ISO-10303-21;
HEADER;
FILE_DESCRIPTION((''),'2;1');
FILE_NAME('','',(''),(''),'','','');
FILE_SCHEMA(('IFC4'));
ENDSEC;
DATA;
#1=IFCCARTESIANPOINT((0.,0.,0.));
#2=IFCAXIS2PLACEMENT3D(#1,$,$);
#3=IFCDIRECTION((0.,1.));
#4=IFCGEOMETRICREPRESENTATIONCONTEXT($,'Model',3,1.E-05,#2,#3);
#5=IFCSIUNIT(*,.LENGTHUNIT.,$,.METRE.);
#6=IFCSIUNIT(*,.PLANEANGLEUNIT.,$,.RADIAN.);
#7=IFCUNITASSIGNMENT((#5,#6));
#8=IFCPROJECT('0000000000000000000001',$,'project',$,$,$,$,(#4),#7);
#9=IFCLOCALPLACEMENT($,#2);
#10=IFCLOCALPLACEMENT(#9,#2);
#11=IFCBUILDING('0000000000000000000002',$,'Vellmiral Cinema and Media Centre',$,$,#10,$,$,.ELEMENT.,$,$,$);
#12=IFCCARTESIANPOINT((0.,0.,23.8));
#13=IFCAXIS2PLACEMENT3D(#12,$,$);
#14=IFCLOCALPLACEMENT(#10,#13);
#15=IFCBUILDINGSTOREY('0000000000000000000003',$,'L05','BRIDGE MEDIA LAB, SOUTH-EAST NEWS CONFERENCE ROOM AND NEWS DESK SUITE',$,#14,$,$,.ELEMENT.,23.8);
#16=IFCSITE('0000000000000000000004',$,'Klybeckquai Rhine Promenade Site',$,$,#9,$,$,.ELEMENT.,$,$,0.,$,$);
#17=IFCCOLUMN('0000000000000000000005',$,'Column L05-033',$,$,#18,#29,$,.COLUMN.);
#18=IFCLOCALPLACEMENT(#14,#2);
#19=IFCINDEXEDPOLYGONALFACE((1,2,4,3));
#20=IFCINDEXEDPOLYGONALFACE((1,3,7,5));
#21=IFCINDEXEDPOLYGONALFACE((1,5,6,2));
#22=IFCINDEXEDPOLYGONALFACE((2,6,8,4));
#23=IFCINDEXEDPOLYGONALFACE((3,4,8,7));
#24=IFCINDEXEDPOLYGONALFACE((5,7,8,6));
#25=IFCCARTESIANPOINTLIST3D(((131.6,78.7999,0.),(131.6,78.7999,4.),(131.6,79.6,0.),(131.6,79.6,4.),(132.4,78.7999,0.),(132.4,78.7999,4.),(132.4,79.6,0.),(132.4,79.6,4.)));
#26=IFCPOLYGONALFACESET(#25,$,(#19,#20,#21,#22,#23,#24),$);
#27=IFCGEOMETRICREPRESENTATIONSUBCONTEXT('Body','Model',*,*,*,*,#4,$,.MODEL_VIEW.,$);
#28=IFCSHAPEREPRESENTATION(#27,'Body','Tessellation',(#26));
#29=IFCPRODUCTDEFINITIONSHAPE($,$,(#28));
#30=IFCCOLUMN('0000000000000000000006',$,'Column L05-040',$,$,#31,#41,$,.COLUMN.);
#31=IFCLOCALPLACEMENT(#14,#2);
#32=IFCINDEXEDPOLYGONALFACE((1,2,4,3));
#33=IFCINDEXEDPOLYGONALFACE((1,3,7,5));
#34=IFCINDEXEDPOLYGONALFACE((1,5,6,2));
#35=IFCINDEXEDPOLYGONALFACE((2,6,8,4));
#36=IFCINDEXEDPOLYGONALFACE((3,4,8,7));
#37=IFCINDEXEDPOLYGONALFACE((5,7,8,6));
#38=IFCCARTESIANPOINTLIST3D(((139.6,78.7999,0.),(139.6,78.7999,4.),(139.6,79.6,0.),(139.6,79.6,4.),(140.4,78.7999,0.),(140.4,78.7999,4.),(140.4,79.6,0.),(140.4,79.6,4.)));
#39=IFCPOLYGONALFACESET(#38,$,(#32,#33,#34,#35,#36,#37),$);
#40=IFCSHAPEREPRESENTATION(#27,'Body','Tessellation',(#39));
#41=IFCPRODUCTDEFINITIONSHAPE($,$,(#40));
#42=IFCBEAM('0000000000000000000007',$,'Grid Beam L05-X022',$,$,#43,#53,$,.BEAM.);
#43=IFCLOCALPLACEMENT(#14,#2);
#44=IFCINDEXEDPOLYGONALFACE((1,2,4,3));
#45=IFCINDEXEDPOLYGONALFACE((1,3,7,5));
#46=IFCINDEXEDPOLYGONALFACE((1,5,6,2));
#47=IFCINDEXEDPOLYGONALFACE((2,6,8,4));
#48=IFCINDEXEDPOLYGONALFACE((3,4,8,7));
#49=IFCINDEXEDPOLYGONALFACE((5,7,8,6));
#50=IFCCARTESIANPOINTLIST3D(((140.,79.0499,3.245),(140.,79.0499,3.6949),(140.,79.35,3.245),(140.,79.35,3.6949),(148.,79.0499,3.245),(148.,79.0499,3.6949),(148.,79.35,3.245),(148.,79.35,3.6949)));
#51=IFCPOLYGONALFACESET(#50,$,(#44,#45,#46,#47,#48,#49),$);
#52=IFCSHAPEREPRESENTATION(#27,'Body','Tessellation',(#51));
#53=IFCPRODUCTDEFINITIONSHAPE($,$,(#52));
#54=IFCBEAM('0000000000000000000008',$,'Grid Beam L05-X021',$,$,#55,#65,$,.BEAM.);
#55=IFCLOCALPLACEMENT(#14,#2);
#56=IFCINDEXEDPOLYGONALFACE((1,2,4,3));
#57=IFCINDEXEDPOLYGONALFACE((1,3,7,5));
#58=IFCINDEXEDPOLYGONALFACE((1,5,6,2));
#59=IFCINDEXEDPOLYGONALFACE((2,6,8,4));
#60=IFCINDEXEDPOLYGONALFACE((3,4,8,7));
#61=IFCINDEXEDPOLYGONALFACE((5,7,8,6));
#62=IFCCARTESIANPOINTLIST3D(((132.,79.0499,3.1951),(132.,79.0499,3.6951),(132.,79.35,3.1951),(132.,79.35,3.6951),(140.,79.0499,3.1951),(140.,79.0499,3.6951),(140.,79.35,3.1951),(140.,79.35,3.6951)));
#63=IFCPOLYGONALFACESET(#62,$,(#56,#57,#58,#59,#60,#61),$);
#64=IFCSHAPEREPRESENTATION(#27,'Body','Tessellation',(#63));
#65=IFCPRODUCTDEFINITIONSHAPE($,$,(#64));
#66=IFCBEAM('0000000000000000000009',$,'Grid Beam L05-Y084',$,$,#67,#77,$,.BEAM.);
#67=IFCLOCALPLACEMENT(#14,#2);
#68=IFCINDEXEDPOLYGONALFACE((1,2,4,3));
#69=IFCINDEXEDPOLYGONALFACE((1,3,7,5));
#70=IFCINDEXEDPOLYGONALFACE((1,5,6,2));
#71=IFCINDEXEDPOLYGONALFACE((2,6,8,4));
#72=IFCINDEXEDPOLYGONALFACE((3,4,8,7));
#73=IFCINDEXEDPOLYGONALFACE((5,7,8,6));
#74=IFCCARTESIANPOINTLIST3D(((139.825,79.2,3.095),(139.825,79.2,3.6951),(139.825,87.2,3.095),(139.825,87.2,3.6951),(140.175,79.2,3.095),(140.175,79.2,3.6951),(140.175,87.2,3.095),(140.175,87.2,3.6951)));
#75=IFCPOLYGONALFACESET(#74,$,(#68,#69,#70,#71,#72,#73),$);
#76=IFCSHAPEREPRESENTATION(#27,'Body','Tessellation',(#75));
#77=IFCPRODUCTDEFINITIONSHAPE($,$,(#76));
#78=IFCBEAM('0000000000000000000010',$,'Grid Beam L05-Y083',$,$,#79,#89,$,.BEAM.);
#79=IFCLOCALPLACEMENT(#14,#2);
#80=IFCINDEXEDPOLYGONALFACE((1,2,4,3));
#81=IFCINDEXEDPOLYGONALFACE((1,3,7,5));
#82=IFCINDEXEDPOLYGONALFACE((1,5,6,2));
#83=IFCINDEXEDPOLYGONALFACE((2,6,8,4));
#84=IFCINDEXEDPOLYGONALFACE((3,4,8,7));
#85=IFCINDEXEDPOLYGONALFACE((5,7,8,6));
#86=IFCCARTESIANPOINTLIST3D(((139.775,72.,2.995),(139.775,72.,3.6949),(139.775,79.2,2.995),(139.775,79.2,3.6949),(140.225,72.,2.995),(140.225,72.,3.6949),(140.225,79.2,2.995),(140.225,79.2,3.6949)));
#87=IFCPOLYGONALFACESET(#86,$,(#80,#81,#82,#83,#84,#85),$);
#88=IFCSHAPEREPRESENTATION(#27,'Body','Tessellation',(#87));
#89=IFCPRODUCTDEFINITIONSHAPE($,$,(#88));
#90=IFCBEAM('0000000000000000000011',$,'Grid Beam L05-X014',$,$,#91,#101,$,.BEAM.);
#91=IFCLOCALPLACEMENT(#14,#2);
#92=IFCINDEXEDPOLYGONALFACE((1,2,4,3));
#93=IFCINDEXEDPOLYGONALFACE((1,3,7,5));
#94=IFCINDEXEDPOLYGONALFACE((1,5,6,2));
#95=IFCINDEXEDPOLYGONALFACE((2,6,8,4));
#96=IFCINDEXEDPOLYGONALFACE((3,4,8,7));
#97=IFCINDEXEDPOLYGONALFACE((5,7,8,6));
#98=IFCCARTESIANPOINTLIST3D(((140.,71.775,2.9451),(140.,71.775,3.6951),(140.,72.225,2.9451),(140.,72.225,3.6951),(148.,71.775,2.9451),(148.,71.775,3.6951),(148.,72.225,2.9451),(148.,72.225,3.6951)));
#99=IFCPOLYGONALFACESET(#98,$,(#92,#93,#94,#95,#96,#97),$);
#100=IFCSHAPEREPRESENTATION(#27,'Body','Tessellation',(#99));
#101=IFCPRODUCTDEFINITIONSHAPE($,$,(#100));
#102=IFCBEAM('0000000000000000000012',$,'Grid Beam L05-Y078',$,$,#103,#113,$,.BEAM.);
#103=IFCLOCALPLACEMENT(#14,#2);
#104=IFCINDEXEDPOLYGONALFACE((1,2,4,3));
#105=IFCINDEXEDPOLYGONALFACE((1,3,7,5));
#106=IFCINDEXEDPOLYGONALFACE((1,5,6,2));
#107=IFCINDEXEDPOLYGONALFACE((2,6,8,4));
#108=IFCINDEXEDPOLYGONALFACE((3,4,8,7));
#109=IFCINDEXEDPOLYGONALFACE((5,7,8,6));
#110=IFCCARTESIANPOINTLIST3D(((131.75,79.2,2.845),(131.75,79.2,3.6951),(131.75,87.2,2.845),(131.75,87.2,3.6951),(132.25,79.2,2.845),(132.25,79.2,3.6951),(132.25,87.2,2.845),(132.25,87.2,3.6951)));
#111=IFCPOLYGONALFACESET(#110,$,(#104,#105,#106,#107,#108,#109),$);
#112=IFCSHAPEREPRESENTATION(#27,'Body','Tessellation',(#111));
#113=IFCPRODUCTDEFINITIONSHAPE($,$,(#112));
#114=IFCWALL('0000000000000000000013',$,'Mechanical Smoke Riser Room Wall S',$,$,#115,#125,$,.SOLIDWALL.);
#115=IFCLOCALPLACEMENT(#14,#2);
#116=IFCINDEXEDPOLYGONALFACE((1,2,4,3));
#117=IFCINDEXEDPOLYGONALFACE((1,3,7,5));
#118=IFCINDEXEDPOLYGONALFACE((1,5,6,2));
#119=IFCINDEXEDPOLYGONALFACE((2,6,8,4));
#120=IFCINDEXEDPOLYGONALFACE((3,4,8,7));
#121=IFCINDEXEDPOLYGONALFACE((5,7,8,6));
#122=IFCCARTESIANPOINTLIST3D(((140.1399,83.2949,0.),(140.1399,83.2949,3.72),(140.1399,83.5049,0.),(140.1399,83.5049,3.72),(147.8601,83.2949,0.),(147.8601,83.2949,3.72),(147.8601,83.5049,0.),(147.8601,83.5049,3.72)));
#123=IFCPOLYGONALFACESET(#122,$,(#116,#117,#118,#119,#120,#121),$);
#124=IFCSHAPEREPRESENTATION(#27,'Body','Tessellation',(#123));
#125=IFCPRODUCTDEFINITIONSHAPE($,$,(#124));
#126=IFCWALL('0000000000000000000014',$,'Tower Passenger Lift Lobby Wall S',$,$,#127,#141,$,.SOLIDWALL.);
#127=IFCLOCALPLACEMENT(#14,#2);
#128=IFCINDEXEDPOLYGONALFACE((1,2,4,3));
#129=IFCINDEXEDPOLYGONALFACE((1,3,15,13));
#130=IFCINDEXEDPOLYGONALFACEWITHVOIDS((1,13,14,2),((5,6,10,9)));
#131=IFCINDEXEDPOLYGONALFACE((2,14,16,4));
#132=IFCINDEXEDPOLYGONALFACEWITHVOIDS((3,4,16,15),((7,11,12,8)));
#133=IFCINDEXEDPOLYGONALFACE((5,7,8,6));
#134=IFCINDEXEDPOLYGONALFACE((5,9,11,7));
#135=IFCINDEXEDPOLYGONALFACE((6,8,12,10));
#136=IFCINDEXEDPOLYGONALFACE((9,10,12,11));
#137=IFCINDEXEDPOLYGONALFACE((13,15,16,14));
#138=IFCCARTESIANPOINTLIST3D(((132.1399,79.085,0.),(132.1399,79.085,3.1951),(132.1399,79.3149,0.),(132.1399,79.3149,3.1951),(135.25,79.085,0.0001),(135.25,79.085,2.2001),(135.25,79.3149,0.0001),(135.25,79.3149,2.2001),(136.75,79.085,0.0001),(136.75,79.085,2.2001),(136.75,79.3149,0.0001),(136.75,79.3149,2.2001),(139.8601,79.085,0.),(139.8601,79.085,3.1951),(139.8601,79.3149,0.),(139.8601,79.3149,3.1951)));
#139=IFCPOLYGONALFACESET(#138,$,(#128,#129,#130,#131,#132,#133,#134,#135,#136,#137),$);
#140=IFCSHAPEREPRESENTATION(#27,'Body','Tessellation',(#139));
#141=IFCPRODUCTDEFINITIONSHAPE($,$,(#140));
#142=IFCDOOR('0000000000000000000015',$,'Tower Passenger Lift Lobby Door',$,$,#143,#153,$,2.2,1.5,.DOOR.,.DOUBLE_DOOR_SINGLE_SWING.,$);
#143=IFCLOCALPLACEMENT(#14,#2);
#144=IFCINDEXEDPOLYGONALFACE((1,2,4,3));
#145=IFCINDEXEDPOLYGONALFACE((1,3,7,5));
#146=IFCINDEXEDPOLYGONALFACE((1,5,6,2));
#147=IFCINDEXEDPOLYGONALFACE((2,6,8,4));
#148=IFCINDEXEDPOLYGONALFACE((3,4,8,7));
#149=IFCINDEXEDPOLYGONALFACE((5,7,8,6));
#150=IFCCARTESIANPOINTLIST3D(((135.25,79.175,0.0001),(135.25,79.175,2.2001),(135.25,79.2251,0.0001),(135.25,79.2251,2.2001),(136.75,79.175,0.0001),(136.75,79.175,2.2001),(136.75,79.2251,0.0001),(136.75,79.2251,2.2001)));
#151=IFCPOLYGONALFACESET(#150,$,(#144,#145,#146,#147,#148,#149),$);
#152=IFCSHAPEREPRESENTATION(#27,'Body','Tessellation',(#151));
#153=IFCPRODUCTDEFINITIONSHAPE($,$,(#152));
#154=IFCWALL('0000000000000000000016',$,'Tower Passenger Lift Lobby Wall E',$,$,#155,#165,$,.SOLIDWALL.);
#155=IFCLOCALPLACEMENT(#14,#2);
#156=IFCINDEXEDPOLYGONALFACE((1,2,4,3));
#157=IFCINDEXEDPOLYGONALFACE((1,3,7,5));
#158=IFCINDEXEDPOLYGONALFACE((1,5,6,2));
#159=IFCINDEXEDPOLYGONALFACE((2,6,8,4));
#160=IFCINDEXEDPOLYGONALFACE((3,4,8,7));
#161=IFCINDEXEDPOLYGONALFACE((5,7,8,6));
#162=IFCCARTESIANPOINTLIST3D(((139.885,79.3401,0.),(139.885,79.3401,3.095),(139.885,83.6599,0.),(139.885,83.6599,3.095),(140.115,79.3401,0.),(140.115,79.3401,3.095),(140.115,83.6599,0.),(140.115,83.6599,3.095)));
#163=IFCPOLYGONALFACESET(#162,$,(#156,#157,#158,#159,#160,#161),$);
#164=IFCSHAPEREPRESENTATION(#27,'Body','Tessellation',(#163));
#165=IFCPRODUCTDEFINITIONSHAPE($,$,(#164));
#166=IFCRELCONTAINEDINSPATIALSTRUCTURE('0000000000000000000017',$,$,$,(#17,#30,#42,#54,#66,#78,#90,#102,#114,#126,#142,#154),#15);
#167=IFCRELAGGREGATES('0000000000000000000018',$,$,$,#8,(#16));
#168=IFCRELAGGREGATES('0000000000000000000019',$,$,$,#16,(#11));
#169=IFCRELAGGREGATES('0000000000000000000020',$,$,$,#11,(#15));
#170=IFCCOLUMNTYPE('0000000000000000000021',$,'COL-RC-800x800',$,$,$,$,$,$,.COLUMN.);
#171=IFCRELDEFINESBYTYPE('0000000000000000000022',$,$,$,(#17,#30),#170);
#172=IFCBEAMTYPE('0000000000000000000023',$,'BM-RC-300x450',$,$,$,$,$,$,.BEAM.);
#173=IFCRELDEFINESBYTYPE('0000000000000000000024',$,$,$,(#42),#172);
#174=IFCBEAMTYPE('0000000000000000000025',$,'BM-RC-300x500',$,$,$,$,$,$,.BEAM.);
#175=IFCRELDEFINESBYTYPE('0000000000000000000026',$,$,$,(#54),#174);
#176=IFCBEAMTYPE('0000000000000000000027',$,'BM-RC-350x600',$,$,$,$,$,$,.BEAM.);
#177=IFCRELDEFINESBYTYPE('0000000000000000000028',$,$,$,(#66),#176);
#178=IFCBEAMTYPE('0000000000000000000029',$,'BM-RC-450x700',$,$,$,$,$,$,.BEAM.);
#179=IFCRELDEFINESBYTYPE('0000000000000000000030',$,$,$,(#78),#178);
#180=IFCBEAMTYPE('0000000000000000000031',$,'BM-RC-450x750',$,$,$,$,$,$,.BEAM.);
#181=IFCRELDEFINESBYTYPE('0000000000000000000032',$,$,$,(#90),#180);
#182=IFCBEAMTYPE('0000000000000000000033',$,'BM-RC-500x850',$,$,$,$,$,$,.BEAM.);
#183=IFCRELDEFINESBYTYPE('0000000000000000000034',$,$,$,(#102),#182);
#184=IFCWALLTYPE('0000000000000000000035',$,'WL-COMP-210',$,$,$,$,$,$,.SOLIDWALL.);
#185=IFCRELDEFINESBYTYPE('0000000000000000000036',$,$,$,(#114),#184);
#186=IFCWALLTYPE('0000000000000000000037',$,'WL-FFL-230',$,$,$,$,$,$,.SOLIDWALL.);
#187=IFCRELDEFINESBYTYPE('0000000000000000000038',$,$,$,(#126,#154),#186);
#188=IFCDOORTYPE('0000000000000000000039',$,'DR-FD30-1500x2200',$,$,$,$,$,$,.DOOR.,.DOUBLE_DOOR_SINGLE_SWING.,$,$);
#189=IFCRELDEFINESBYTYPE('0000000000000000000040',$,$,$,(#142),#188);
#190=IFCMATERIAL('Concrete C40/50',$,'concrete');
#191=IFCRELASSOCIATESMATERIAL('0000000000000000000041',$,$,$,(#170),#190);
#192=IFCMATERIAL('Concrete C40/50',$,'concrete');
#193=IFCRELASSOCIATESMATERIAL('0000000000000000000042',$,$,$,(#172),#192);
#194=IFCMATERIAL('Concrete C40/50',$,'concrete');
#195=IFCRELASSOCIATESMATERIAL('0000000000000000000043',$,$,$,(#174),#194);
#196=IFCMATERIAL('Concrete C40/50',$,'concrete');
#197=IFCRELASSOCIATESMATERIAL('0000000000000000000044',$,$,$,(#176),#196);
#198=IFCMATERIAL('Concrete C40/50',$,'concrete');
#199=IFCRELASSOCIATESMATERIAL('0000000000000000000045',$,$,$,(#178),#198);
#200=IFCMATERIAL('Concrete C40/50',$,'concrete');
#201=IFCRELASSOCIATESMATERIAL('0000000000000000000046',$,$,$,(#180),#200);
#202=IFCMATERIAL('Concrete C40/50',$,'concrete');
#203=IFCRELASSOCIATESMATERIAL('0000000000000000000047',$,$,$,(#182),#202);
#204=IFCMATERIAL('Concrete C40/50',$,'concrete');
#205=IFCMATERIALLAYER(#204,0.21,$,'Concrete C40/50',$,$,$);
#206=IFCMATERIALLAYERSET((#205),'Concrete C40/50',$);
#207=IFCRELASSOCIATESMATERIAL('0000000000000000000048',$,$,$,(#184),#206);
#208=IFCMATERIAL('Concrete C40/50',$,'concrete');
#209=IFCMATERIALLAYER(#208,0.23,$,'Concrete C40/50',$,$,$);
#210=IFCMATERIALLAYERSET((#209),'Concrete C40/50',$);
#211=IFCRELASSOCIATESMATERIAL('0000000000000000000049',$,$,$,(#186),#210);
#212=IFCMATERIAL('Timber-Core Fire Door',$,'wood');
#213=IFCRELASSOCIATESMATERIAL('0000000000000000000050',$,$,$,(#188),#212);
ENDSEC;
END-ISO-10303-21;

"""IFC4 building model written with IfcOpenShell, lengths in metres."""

from ifc_helpers import new_model, si_unit, direction, frame, frame_2d, origin, origin_2d, place, context, subcontext, project, spatial, rectangle, extrude, material, layer, layer_set, material_profile, profile_set, type_object, element, fill, save


model = new_model("IFC4")

# Units and contexts
model_context = context("Model", 3, precision=1e-05, world=origin(), true_north=direction((0.0, 1.0)))
body_context = subcontext(model_context, "Body", "Model", "MODEL_VIEW")
ifc_project = project(units=[si_unit("LENGTHUNIT", "METRE"), si_unit("PLANEANGLEUNIT", "RADIAN")], contexts=[model_context])

# Site, building, storey
site_placement = place(None, origin())
site = spatial("IfcSite", under=ifc_project, at=site_placement, Name="Klybeckquai Rhine Promenade Site", CompositionType="ELEMENT", RefElevation=0.0)
building_placement = place(site_placement, origin())
building = spatial("IfcBuilding", under=site, at=building_placement, Name="Vellmiral Cinema and Media Centre", CompositionType="ELEMENT")
storey_placement = place(building_placement, frame((0.0, 0.0, 23.8)))
storey = spatial("IfcBuildingStorey", under=building, at=storey_placement, Name="L05", Description="BRIDGE MEDIA LAB, SOUTH-EAST NEWS CONFERENCE ROOM AND NEWS DESK SUITE", CompositionType="ELEMENT", Elevation=23.8)

# Columns
ifc_material_1 = material(Name="Concrete C40/50", Category="concrete")
ifc_material_profile_1 = material_profile(ifc_material_1, rectangle(XDim=0.8, YDim=0.8, at=origin_2d()), Name="RC 800x800")
ifc_profile_set_1 = profile_set([ifc_material_profile_1], Name="Concrete C40/50")
column_type = type_object("IfcColumnType", Name="COL-RC-800x800", PredefinedType="COLUMN", material=ifc_profile_set_1)
for number, where, z_axis, x_axis, name in (
    (1, (132.0, 79.2, 0.0), (0.0, 0.0, 1.0), (1.0, 0.0, 0.0), "Column L05-033"),
    (2, (140.0, 79.2, 0.0), (0.0, 0.0, 1.0), (1.0, 0.0, 0.0), "Column L05-040"),
):
    element("IfcColumn", number, at=place(storey_placement, frame(where, z_axis=z_axis, x_axis=x_axis)), inside=storey, type_object=column_type, Name=name, PredefinedType="COLUMN", context=body_context, shape_type="SweptSolid", body=[
        extrude(rectangle(XDim=0.8, YDim=0.8, at=origin_2d()), origin(), (0.0, 0.0, 1.0), 4.0),
    ])

# Beams
ifc_material_2 = material(Name="Concrete C40/50", Category="concrete")
ifc_material_profile_2 = material_profile(ifc_material_2, rectangle(XDim=0.3, YDim=0.45, at=origin_2d()), Name="RC 300x450")
ifc_profile_set_2 = profile_set([ifc_material_profile_2], Name="Concrete C40/50")
beam_type_1 = type_object("IfcBeamType", Name="BM-RC-300x450", PredefinedType="BEAM", material=ifc_profile_set_2)
beam_1_placement = place(storey_placement, frame((140.0, 79.2, 3.47), z_axis=(1.0, 0.0, 0.0), x_axis=(0.0, 1.0, 0.0)))
element("IfcBeam", 3, at=beam_1_placement, inside=storey, type_object=beam_type_1, Name="Grid Beam L05-X022", PredefinedType="BEAM", context=body_context, shape_type="SweptSolid", body=[
    extrude(rectangle(XDim=0.3, YDim=0.45, at=origin_2d()), origin(), (0.0, 0.0, 1.0), 8.0),
])
ifc_material_3 = material(Name="Concrete C40/50", Category="concrete")
ifc_material_profile_3 = material_profile(ifc_material_3, rectangle(XDim=0.3, YDim=0.5, at=origin_2d()), Name="RC 300x500")
ifc_profile_set_3 = profile_set([ifc_material_profile_3], Name="Concrete C40/50")
beam_type_2 = type_object("IfcBeamType", Name="BM-RC-300x500", PredefinedType="BEAM", material=ifc_profile_set_3)
beam_2_placement = place(storey_placement, frame((132.0, 79.2, 3.4451), z_axis=(1.0, 0.0, 0.0), x_axis=(0.0, 1.0, 0.0)))
element("IfcBeam", 4, at=beam_2_placement, inside=storey, type_object=beam_type_2, Name="Grid Beam L05-X021", PredefinedType="BEAM", context=body_context, shape_type="SweptSolid", body=[
    extrude(rectangle(XDim=0.3, YDim=0.5, at=origin_2d()), origin(), (0.0, 0.0, 1.0), 8.0),
])
ifc_material_4 = material(Name="Concrete C40/50", Category="concrete")
ifc_material_profile_4 = material_profile(ifc_material_4, rectangle(XDim=0.3501, YDim=0.6001, at=origin_2d()), Name="RC 350x600")
ifc_profile_set_4 = profile_set([ifc_material_profile_4], Name="Concrete C40/50")
beam_type_3 = type_object("IfcBeamType", Name="BM-RC-350x600", PredefinedType="BEAM", material=ifc_profile_set_4)
beam_3_placement = place(storey_placement, frame((140.0, 79.2, 3.395), z_axis=(0.0, 1.0, 0.0), x_axis=(-1.0, 0.0, 0.0)))
element("IfcBeam", 5, at=beam_3_placement, inside=storey, type_object=beam_type_3, Name="Grid Beam L05-Y084", PredefinedType="BEAM", context=body_context, shape_type="SweptSolid", body=[
    extrude(rectangle(XDim=0.3501, YDim=0.6001, at=origin_2d()), origin(), (0.0, 0.0, 1.0), 8.0),
])
ifc_material_5 = material(Name="Concrete C40/50", Category="concrete")
ifc_material_profile_5 = material_profile(ifc_material_5, rectangle(XDim=0.45, YDim=0.7, at=origin_2d()), Name="RC 450x700")
ifc_profile_set_5 = profile_set([ifc_material_profile_5], Name="Concrete C40/50")
beam_type_4 = type_object("IfcBeamType", Name="BM-RC-450x700", PredefinedType="BEAM", material=ifc_profile_set_5)
beam_4_placement = place(storey_placement, frame((140.0, 72.0, 3.345), z_axis=(0.0, 1.0, 0.0), x_axis=(-1.0, 0.0, 0.0)))
element("IfcBeam", 6, at=beam_4_placement, inside=storey, type_object=beam_type_4, Name="Grid Beam L05-Y083", PredefinedType="BEAM", context=body_context, shape_type="SweptSolid", body=[
    extrude(rectangle(XDim=0.45, YDim=0.7, at=origin_2d()), origin(), (0.0, 0.0, 1.0), 7.2),
])
ifc_material_6 = material(Name="Concrete C40/50", Category="concrete")
ifc_material_profile_6 = material_profile(ifc_material_6, rectangle(XDim=0.45, YDim=0.75, at=origin_2d()), Name="RC 450x750")
ifc_profile_set_6 = profile_set([ifc_material_profile_6], Name="Concrete C40/50")
beam_type_5 = type_object("IfcBeamType", Name="BM-RC-450x750", PredefinedType="BEAM", material=ifc_profile_set_6)
beam_5_placement = place(storey_placement, frame((140.0, 72.0, 3.3201), z_axis=(1.0, 0.0, 0.0), x_axis=(0.0, 1.0, 0.0)))
element("IfcBeam", 7, at=beam_5_placement, inside=storey, type_object=beam_type_5, Name="Grid Beam L05-X014", PredefinedType="BEAM", context=body_context, shape_type="SweptSolid", body=[
    extrude(rectangle(XDim=0.45, YDim=0.75, at=origin_2d()), origin(), (0.0, 0.0, 1.0), 8.0),
])
ifc_material_7 = material(Name="Concrete C40/50", Category="concrete")
ifc_material_profile_7 = material_profile(ifc_material_7, rectangle(XDim=0.5, YDim=0.8501, at=origin_2d()), Name="RC 500x850")
ifc_profile_set_7 = profile_set([ifc_material_profile_7], Name="Concrete C40/50")
beam_type_6 = type_object("IfcBeamType", Name="BM-RC-500x850", PredefinedType="BEAM", material=ifc_profile_set_7)
beam_6_placement = place(storey_placement, frame((132.0, 79.2, 3.27), z_axis=(0.0, 1.0, 0.0), x_axis=(-1.0, 0.0, 0.0)))
element("IfcBeam", 8, at=beam_6_placement, inside=storey, type_object=beam_type_6, Name="Grid Beam L05-Y078", PredefinedType="BEAM", context=body_context, shape_type="SweptSolid", body=[
    extrude(rectangle(XDim=0.5, YDim=0.8501, at=origin_2d()), origin(), (0.0, 0.0, 1.0), 8.0),
])

# Wall
ifc_material_8 = material(Name="Concrete C40/50", Category="concrete")
ifc_layer_1 = layer(ifc_material_8, 0.21, Name="Concrete C40/50")
ifc_layer_set_1 = layer_set([ifc_layer_1], Name="Concrete C40/50")
wall_type_1 = type_object("IfcWallType", Name="WL-COMP-210", PredefinedType="SOLIDWALL", material=ifc_layer_set_1)
wall_1_placement = place(storey_placement, frame((140.1399, 83.3999, 0.0), z_axis=(0.0, 0.0, 1.0), x_axis=(1.0, 0.0, 0.0)))
element("IfcWall", 9, at=wall_1_placement, inside=storey, type_object=wall_type_1, Name="Mechanical Smoke Riser Room Wall S", PredefinedType="SOLIDWALL", context=body_context, shape_type="SweptSolid", body=[
    extrude(rectangle(XDim=7.7202, YDim=0.21, at=frame_2d((3.8601, 0.0))), origin(), (0.0, 0.0, 1.0), 3.72),
])

# Wall, opening, door
ifc_material_9 = material(Name="Concrete C40/50", Category="concrete")
ifc_layer_2 = layer(ifc_material_9, 0.23, Name="Concrete C40/50")
ifc_layer_set_2 = layer_set([ifc_layer_2], Name="Concrete C40/50")
wall_type_2 = type_object("IfcWallType", Name="WL-FFL-230", PredefinedType="SOLIDWALL", material=ifc_layer_set_2)
wall_2_placement = place(storey_placement, frame((132.1399, 79.2, 0.0), z_axis=(0.0, 0.0, 1.0), x_axis=(1.0, 0.0, 0.0)))
wall_2 = element("IfcWall", 10, at=wall_2_placement, inside=storey, type_object=wall_type_2, Name="Tower Passenger Lift Lobby Wall S", PredefinedType="SOLIDWALL", context=body_context, shape_type="SweptSolid", body=[
    extrude(rectangle(XDim=7.7202, YDim=0.23, at=frame_2d((3.8601, 0.0))), origin(), (0.0, 0.0, 1.0), 3.1951),
])
opening_1_placement = place(wall_2_placement, frame((3.1101, 0.0, 0.0)))
opening_1 = element("IfcOpeningElement", 11, at=opening_1_placement, cuts=wall_2, PredefinedType="OPENING", context=body_context, shape_type="SweptSolid", body=[
    extrude(rectangle(XDim=1.5, YDim=2.2, at=frame_2d((0.75, 1.1001))), frame((0.0, 0.127, 0.0), z_axis=(0.0, -1.0, 0.0), x_axis=(1.0, 0.0, 0.0)), (0.0, 0.0, 1.0), 0.2539),
])
ifc_material_10 = material(Name="Timber-Core Fire Door", Category="wood")
door_type_1 = type_object("IfcDoorType", Name="DR-FD30-1500x2200", OperationType="DOUBLE_DOOR_SINGLE_SWING", PredefinedType="DOOR", material=ifc_material_10)
door_1_placement = place(opening_1_placement, frame((1.5, 0.0, 0.0), z_axis=(0.0, 0.0, 1.0), x_axis=(-1.0, 0.0, 0.0)))
door_1 = element("IfcDoor", 12, at=door_1_placement, inside=storey, type_object=door_type_1, Name="Tower Passenger Lift Lobby Door", OperationType="DOUBLE_DOOR_SINGLE_SWING", OverallHeight=2.2, OverallWidth=1.5, PredefinedType="DOOR", context=body_context, shape_type="SweptSolid", body=[
    extrude(rectangle(XDim=1.5, YDim=2.2, at=frame_2d((0.75, 1.1001))), frame((0.0, 0.0249, 0.0), z_axis=(0.0, -1.0, 0.0), x_axis=(1.0, 0.0, 0.0)), (0.0, 0.0, 1.0), 0.05),
])
fill(opening_1, door_1)

# Wall
wall_3_placement = place(storey_placement, frame((140.0, 79.3401, 0.0), z_axis=(0.0, 0.0, 1.0), x_axis=(0.0, 1.0, 0.0)))
element("IfcWall", 13, at=wall_3_placement, inside=storey, type_object=wall_type_2, Name="Tower Passenger Lift Lobby Wall E", PredefinedType="SOLIDWALL", context=body_context, shape_type="SweptSolid", body=[
    extrude(rectangle(XDim=4.3198, YDim=0.23, at=frame_2d((2.1599, 0.0))), origin(), (0.0, 0.0, 1.0), 3.095),
])

save(model, "model.ifc")
